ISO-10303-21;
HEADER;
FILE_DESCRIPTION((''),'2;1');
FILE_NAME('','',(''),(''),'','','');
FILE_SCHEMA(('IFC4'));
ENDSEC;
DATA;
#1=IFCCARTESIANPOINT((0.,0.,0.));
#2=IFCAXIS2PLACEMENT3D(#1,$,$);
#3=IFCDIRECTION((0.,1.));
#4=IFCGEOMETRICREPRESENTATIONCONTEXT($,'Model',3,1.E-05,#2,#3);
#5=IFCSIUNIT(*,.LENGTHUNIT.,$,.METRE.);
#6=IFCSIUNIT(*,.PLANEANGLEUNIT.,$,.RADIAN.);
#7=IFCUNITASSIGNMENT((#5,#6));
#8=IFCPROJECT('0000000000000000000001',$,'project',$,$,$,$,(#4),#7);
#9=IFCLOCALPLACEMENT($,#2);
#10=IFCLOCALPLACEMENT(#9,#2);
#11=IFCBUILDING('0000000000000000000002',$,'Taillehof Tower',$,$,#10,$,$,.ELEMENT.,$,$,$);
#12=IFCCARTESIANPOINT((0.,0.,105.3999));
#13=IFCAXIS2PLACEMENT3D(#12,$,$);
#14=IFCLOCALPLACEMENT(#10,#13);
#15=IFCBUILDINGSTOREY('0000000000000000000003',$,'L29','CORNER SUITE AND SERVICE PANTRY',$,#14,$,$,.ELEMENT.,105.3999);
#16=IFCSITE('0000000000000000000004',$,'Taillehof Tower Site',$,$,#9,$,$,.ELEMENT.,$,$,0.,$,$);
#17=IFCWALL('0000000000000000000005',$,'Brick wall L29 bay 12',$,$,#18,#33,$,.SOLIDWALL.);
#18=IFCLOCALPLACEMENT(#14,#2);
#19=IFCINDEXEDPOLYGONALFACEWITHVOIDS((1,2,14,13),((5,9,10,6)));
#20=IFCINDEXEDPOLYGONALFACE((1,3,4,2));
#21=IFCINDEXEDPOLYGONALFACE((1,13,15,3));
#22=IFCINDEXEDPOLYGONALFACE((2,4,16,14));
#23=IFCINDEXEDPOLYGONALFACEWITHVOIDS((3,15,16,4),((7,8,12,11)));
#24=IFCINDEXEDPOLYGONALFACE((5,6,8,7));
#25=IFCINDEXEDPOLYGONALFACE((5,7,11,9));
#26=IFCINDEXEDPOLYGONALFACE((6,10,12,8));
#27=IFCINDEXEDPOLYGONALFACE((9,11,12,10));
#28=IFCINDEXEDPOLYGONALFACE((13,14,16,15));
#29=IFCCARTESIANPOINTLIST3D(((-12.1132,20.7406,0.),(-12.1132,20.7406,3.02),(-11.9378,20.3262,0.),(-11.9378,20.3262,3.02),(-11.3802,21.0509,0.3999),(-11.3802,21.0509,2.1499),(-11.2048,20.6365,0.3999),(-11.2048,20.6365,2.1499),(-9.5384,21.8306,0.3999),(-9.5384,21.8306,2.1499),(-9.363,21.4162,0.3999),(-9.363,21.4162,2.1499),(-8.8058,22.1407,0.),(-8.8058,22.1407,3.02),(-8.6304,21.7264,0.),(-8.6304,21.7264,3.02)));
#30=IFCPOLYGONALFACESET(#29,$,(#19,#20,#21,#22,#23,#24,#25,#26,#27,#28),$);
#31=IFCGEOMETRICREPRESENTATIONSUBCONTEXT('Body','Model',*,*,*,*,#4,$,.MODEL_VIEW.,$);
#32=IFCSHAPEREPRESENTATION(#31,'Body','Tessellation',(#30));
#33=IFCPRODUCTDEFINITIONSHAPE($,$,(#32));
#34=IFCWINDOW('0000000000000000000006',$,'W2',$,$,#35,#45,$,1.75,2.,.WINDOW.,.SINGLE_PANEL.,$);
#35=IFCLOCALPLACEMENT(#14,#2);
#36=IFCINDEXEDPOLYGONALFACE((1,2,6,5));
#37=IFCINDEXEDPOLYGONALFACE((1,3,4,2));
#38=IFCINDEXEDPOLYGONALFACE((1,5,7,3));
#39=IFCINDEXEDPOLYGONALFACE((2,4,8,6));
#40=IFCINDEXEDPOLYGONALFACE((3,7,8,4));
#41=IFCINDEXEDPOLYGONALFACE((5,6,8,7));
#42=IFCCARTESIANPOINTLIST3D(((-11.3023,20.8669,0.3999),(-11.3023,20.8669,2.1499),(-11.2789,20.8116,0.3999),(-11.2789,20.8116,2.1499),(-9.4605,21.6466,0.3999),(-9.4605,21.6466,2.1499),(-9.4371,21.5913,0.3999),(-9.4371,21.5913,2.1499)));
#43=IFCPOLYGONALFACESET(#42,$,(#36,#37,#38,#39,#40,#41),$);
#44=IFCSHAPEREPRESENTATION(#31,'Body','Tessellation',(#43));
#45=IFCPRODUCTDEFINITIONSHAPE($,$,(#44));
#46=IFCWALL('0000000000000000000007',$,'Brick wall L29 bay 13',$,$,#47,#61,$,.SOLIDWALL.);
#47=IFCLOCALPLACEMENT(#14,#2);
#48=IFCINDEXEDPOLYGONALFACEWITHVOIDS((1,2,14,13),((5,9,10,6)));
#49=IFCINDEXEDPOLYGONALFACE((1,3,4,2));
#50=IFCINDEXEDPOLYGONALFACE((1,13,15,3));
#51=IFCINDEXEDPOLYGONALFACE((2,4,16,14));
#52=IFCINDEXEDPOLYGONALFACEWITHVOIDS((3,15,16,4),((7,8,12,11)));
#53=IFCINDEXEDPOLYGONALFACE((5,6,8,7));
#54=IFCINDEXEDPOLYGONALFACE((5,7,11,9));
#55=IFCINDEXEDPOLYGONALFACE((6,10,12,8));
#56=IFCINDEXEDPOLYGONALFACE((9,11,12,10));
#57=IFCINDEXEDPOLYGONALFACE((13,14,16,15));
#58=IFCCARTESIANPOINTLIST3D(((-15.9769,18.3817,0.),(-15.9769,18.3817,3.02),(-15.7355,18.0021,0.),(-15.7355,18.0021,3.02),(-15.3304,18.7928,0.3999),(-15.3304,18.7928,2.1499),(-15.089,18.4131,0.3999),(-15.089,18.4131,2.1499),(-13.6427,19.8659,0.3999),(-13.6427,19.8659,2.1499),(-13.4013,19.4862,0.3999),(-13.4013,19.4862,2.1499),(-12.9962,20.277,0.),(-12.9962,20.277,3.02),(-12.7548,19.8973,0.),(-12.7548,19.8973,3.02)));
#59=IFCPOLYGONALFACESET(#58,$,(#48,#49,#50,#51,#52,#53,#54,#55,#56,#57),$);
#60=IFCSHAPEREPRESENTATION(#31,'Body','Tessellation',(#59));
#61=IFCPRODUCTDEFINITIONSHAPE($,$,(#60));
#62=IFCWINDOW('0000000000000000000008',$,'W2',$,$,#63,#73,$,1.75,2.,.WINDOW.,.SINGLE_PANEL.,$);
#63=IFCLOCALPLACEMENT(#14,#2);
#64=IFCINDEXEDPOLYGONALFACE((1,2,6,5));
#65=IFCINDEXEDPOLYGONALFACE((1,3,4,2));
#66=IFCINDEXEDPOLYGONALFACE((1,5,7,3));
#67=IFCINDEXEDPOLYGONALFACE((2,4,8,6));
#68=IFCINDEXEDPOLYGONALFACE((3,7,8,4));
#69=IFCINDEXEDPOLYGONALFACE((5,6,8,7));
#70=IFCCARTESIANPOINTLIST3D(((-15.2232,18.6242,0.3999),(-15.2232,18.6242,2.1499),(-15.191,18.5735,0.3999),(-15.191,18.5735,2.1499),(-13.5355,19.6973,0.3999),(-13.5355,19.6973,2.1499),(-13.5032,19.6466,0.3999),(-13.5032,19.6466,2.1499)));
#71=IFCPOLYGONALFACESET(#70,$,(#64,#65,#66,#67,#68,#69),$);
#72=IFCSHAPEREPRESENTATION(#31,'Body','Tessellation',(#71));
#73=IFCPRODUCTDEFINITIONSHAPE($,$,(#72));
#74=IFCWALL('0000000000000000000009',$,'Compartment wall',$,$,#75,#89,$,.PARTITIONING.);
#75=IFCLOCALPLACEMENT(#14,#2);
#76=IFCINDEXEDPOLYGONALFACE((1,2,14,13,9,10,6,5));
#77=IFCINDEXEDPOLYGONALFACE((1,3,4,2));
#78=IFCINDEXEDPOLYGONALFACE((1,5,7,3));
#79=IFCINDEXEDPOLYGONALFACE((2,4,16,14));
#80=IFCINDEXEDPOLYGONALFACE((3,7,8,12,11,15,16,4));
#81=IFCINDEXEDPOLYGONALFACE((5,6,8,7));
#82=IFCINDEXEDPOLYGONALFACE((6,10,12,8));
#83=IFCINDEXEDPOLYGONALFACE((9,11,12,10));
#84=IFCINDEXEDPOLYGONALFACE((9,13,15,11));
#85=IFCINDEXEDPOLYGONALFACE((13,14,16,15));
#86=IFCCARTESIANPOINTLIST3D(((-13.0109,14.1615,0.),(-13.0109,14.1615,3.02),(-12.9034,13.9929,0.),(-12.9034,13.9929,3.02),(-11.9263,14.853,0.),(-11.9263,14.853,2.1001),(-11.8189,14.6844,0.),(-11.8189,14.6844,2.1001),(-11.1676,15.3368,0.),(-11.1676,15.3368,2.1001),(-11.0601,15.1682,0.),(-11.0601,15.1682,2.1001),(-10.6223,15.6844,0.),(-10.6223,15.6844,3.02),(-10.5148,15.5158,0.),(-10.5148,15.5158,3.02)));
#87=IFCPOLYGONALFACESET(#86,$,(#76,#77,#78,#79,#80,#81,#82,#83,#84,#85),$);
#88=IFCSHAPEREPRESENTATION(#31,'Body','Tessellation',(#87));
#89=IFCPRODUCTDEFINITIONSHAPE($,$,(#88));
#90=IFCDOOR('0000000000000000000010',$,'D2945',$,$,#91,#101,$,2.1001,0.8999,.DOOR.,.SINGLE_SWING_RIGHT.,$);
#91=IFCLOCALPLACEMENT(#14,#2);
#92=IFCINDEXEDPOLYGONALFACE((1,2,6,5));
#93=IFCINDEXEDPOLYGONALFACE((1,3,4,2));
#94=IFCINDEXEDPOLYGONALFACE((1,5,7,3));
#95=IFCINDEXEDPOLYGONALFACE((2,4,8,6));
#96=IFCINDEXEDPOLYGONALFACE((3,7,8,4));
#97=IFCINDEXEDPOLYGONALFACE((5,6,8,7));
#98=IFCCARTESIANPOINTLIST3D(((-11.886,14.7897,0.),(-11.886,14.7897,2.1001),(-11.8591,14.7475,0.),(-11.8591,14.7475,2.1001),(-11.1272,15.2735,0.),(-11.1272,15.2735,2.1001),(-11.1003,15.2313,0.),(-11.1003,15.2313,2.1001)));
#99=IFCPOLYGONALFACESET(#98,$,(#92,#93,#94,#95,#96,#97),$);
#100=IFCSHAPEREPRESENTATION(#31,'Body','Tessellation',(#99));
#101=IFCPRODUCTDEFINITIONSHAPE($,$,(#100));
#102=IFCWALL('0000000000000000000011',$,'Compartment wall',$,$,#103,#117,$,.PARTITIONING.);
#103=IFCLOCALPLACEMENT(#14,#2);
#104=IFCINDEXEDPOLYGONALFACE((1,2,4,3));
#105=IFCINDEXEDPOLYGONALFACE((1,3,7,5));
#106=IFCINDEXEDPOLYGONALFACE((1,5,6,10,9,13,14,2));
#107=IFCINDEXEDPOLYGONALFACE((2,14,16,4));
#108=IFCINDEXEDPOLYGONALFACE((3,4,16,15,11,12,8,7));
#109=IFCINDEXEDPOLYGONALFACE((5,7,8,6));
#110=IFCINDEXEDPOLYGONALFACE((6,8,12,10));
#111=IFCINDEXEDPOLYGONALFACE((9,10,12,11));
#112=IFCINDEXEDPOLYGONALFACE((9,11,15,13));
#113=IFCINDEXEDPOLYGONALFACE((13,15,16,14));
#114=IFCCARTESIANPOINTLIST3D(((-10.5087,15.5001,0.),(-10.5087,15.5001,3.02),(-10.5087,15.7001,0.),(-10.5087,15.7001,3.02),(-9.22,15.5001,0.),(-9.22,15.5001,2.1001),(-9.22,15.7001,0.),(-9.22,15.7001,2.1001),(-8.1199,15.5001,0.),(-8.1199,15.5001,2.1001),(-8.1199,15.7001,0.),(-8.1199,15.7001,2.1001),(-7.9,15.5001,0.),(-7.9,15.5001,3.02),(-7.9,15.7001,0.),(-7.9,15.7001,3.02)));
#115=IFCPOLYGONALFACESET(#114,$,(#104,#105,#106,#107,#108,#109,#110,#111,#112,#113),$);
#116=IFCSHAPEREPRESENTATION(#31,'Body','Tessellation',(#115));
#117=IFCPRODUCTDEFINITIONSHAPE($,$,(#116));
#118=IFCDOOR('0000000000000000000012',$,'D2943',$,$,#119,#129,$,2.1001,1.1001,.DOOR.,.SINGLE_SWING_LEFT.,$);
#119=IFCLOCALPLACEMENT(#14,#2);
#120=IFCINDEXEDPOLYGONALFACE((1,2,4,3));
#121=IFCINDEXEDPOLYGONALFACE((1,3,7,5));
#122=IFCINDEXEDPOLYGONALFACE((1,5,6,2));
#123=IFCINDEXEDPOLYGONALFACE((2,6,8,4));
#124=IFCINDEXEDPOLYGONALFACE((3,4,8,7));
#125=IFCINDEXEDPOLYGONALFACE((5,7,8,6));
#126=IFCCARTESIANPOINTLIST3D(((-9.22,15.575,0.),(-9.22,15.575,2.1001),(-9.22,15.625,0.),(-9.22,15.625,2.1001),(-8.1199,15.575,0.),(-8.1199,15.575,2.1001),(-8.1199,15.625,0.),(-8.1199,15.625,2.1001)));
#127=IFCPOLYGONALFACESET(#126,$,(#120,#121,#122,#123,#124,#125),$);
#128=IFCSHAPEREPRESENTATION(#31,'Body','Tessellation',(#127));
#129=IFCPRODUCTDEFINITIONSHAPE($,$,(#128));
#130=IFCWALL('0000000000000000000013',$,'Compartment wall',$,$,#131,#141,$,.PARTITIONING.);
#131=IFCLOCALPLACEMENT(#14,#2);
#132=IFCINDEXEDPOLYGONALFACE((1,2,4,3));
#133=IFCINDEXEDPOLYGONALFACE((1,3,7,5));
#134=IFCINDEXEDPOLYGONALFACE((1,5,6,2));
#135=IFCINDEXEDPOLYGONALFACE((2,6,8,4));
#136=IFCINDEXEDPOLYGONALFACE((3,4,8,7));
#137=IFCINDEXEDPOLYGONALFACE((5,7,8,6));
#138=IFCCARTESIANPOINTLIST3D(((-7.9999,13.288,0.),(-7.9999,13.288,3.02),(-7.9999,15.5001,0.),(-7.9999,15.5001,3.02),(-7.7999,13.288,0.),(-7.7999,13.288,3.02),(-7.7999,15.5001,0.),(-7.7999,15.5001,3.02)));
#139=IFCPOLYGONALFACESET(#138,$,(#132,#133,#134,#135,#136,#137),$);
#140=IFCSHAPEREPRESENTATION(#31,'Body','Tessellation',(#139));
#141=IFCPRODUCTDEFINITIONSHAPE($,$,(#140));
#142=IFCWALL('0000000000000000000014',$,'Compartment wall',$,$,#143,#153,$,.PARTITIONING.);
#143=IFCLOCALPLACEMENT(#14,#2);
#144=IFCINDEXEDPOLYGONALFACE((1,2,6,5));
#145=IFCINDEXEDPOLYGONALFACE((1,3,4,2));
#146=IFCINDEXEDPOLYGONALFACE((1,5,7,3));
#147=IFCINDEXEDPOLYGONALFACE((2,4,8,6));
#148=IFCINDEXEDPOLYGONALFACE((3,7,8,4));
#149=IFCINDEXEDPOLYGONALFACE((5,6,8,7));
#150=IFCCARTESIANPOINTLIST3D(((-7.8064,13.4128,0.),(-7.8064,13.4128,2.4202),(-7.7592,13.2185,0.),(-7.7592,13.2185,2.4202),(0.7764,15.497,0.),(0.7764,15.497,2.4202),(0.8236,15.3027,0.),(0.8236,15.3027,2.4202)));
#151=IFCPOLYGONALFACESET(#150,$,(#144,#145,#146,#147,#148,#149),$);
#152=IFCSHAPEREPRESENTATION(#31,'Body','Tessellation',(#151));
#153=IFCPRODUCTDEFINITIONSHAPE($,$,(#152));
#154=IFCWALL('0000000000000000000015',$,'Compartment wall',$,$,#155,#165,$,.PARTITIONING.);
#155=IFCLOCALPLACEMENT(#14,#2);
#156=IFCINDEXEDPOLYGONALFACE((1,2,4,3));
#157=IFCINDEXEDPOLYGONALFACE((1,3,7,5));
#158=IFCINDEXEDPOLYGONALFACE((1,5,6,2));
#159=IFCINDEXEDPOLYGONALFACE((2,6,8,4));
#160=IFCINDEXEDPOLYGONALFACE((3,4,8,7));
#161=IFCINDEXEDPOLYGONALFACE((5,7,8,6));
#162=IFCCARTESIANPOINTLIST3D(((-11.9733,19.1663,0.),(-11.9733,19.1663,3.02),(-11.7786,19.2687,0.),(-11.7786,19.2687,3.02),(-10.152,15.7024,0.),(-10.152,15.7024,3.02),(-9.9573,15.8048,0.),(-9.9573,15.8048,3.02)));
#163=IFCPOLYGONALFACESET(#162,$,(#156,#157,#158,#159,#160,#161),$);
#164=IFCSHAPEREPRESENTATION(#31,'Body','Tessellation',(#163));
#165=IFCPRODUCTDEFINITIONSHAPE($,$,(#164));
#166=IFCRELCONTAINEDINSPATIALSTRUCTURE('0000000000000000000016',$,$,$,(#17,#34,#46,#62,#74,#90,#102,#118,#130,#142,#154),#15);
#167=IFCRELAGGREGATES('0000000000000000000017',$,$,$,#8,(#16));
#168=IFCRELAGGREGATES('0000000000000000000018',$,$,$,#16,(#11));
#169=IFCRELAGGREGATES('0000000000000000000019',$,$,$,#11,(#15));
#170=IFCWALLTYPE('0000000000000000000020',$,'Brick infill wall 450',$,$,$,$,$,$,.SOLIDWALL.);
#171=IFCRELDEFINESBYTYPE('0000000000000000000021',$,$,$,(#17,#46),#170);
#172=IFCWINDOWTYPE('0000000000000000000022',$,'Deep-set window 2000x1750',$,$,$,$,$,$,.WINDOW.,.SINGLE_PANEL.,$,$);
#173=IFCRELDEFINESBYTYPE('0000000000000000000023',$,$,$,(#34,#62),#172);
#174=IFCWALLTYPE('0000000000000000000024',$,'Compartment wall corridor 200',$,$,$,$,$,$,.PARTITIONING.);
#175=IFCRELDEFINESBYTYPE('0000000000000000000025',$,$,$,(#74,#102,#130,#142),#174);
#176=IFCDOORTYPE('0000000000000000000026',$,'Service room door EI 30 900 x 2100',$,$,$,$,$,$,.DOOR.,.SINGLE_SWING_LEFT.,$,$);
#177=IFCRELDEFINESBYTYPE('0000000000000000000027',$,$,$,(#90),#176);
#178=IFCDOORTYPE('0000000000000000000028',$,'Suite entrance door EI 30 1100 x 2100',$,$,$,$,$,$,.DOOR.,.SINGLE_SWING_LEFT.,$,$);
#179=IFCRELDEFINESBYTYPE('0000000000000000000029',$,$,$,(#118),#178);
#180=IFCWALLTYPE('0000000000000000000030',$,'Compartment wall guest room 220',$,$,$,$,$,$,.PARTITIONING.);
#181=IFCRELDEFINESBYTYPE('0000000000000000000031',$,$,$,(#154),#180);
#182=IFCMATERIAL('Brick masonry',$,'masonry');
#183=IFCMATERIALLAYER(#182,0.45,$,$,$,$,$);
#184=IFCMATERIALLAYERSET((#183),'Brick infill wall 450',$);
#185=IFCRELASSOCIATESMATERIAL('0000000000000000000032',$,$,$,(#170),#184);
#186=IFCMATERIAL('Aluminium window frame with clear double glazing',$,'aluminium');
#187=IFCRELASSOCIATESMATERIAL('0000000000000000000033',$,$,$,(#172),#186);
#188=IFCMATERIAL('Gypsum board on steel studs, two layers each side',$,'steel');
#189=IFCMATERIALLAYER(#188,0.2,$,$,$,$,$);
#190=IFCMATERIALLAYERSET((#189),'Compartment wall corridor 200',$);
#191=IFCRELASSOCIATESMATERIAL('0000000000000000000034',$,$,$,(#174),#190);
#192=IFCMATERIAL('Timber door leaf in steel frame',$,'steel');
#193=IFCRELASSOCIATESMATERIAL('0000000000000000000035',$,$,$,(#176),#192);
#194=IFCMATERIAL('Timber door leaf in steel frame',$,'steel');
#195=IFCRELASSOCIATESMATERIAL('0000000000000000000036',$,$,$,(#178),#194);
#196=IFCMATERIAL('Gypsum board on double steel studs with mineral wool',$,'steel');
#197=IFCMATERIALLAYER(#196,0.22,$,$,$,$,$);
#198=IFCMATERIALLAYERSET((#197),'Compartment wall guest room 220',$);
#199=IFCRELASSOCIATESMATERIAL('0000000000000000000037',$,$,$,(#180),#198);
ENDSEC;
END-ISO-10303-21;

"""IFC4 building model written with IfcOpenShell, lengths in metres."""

from ifc_helpers import new_model, si_unit, direction, frame, frame_2d, origin, place, context, subcontext, project, spatial, rectangle, extrude, material, layer, layer_set, type_object, element, fill, save


model = new_model("IFC4")

# Units and contexts
model_context = context("Model", 3, precision=1e-05, world=origin(), true_north=direction((0.0, 1.0)))
body_context = subcontext(model_context, "Body", "Model", "MODEL_VIEW")
ifc_project = project(units=[si_unit("LENGTHUNIT", "METRE"), si_unit("PLANEANGLEUNIT", "RADIAN")], contexts=[model_context])

# Site, building, storey
site_placement = place(None, origin())
site = spatial("IfcSite", under=ifc_project, at=site_placement, Name="Taillehof Tower Site", CompositionType="ELEMENT", RefElevation=0.0)
building_placement = place(site_placement, origin())
building = spatial("IfcBuilding", under=site, at=building_placement, Name="Taillehof Tower", CompositionType="ELEMENT")
storey_placement = place(building_placement, frame((0.0, 0.0, 105.3999)))
storey = spatial("IfcBuildingStorey", under=building, at=storey_placement, Name="L29", Description="CORNER SUITE AND SERVICE PANTRY", CompositionType="ELEMENT", Elevation=105.3999)

# Walls, openings, windows
ifc_material_1 = material(Name="Brick masonry", Category="masonry")
ifc_layer_1 = layer(ifc_material_1, 0.45)
ifc_layer_set_1 = layer_set([ifc_layer_1], Name="Brick infill wall 450")
wall_type_1 = type_object("IfcWallType", Name="Brick infill wall 450", PredefinedType="SOLIDWALL", material=ifc_layer_set_1)
ifc_material_2 = material(Name="Aluminium window frame with clear double glazing", Category="aluminium")
window_type = type_object("IfcWindowType", Name="Deep-set window 2000x1750", PartitioningType="SINGLE_PANEL", PredefinedType="WINDOW", material=ifc_material_2)
wall_1_placement = place(storey_placement, frame((-8.718, 21.9336, 0.0), z_axis=(0.0, 0.0, 1.0), x_axis=(-0.92088, -0.389846, 0.0)))
wall_1 = element("IfcWall", 1, at=wall_1_placement, inside=storey, type_object=wall_type_1, Name="Brick wall L29 bay 12", PredefinedType="SOLIDWALL", context=body_context, shape_type="SweptSolid", body=[
    extrude(rectangle(XDim=3.5916, YDim=0.45, at=frame_2d((1.7959, 0.0))), origin(), (0.0, 0.0, 1.0), 3.02),
])
opening_1_placement = place(wall_1_placement, frame((0.7957, 0.0, 0.3999)))
opening_1 = element("IfcOpeningElement", 2, at=opening_1_placement, cuts=wall_1, PredefinedType="OPENING", context=body_context, shape_type="SweptSolid", body=[
    extrude(rectangle(XDim=2.0, YDim=1.75, at=frame_2d((1.0, 0.875))), frame((0.0, 0.2349, 0.0), z_axis=(0.0, -1.0, 0.0), x_axis=(1.0, 0.0, 0.0)), (0.0, 0.0, 1.0), 0.47),
])
window_1_placement = place(opening_1_placement, origin())
window_1 = element("IfcWindow", 3, at=window_1_placement, inside=storey, type_object=window_type, Name="W2", OverallHeight=1.75, OverallWidth=2.0, PartitioningType="SINGLE_PANEL", PredefinedType="WINDOW", context=body_context, shape_type="SweptSolid", body=[
    extrude(rectangle(XDim=2.0, YDim=1.75, at=frame_2d((1.0, 0.875))), frame((0.0, 0.0349, 0.0), z_axis=(0.0, -1.0, 0.0), x_axis=(1.0, 0.0, 0.0)), (0.0, 0.0, 1.0), 0.0601),
])
fill(opening_1, window_1)
wall_2_placement = place(storey_placement, frame((-12.8755, 20.0872, 0.0), z_axis=(0.0, 0.0, 1.0), x_axis=(-0.843861, -0.536562, 0.0)))
wall_2 = element("IfcWall", 4, at=wall_2_placement, inside=storey, type_object=wall_type_1, Name="Brick wall L29 bay 13", PredefinedType="SOLIDWALL", context=body_context, shape_type="SweptSolid", body=[
    extrude(rectangle(XDim=3.5322, YDim=0.45, at=frame_2d((1.7661, 0.0))), origin(), (0.0, 0.0, 1.0), 3.02),
])
opening_2_placement = place(wall_2_placement, frame((0.7661, 0.0, 0.3999)))
opening_2 = element("IfcOpeningElement", 5, at=opening_2_placement, cuts=wall_2, PredefinedType="OPENING", context=body_context, shape_type="SweptSolid", body=[
    extrude(rectangle(XDim=2.0, YDim=1.75, at=frame_2d((1.0, 0.875))), frame((0.0, 0.2349, 0.0), z_axis=(0.0, -1.0, 0.0), x_axis=(1.0, 0.0, 0.0)), (0.0, 0.0, 1.0), 0.47),
])
window_2_placement = place(opening_2_placement, origin())
window_2 = element("IfcWindow", 6, at=window_2_placement, inside=storey, type_object=window_type, Name="W2", OverallHeight=1.75, OverallWidth=2.0, PartitioningType="SINGLE_PANEL", PredefinedType="WINDOW", context=body_context, shape_type="SweptSolid", body=[
    extrude(rectangle(XDim=2.0, YDim=1.75, at=frame_2d((1.0, 0.875))), frame((0.0, 0.0349, 0.0), z_axis=(0.0, -1.0, 0.0), x_axis=(1.0, 0.0, 0.0)), (0.0, 0.0, 1.0), 0.0601),
])
fill(opening_2, window_2)

# Walls, openings, doors
ifc_material_3 = material(Name="Gypsum board on steel studs, two layers each side", Category="steel")
ifc_layer_2 = layer(ifc_material_3, 0.2)
ifc_layer_set_2 = layer_set([ifc_layer_2], Name="Compartment wall corridor 200")
wall_type_2 = type_object("IfcWallType", Name="Compartment wall corridor 200", PredefinedType="PARTITIONING", material=ifc_layer_set_2)
wall_3_placement = place(storey_placement, frame((-12.9573, 14.0771, 0.0), z_axis=(0.0, 0.0, 1.0), x_axis=(0.8432, 0.5376, 0.0)))
wall_3 = element("IfcWall", 7, at=wall_3_placement, inside=storey, type_object=wall_type_2, Name="Compartment wall", PredefinedType="PARTITIONING", context=body_context, shape_type="SweptSolid", body=[
    extrude(rectangle(XDim=2.8328, YDim=0.2, at=frame_2d((1.4165, 0.0))), origin(), (0.0, 0.0, 1.0), 3.02),
])
opening_3_placement = place(wall_3_placement, frame((1.2864, 0.0, 0.0)))
opening_3 = element("IfcOpeningElement", 8, at=opening_3_placement, cuts=wall_3, PredefinedType="OPENING", context=body_context, shape_type="SweptSolid", body=[
    extrude(rectangle(XDim=0.8999, YDim=2.1001, at=frame_2d((0.45, 1.05))), frame((0.0, 0.1099, 0.0), z_axis=(0.0, -1.0, 0.0), x_axis=(1.0, 0.0, 0.0)), (0.0, 0.0, 1.0), 0.22),
])
ifc_material_4 = material(Name="Timber door leaf in steel frame", Category="steel")
door_type_1 = type_object("IfcDoorType", Name="Service room door EI 30 900 x 2100", OperationType="SINGLE_SWING_LEFT", PredefinedType="DOOR", material=ifc_material_4)
door_1_placement = place(opening_3_placement, origin())
door_1 = element("IfcDoor", 9, at=door_1_placement, inside=storey, type_object=door_type_1, Name="D2945", OperationType="SINGLE_SWING_RIGHT", OverallHeight=2.1001, OverallWidth=0.8999, PredefinedType="DOOR", context=body_context, shape_type="SweptSolid", body=[
    extrude(rectangle(XDim=0.8999, YDim=2.1001, at=frame_2d((0.45, 1.05))), frame((0.0, 0.0249, 0.0), z_axis=(0.0, -1.0, 0.0), x_axis=(1.0, 0.0, 0.0)), (0.0, 0.0, 1.0), 0.05),
])
fill(opening_3, door_1)
wall_4_placement = place(storey_placement, frame((-10.5085, 15.6001, 0.0), z_axis=(0.0, 0.0, 1.0), x_axis=(1.0, 0.0, 0.0)))
wall_4 = element("IfcWall", 10, at=wall_4_placement, inside=storey, type_object=wall_type_2, Name="Compartment wall", PredefinedType="PARTITIONING", context=body_context, shape_type="SweptSolid", body=[
    extrude(rectangle(XDim=2.6086, YDim=0.2, at=frame_2d((1.3042, 0.0))), origin(), (0.0, 0.0, 1.0), 3.02),
])
opening_4_placement = place(wall_4_placement, frame((1.2886, 0.0, 0.0)))
opening_4 = element("IfcOpeningElement", 11, at=opening_4_placement, cuts=wall_4, PredefinedType="OPENING", context=body_context, shape_type="SweptSolid", body=[
    extrude(rectangle(XDim=1.1001, YDim=2.1001, at=frame_2d((0.55, 1.05))), frame((0.0, 0.1099, 0.0), z_axis=(0.0, -1.0, 0.0), x_axis=(1.0, 0.0, 0.0)), (0.0, 0.0, 1.0), 0.22),
])
ifc_material_5 = material(Name="Timber door leaf in steel frame", Category="steel")
door_type_2 = type_object("IfcDoorType", Name="Suite entrance door EI 30 1100 x 2100", OperationType="SINGLE_SWING_LEFT", PredefinedType="DOOR", material=ifc_material_5)
door_2_placement = place(opening_4_placement, origin())
door_2 = element("IfcDoor", 12, at=door_2_placement, inside=storey, type_object=door_type_2, Name="D2943", OperationType="SINGLE_SWING_LEFT", OverallHeight=2.1001, OverallWidth=1.1001, PredefinedType="DOOR", context=body_context, shape_type="SweptSolid", body=[
    extrude(rectangle(XDim=1.1001, YDim=2.1001, at=frame_2d((0.55, 1.05))), frame((0.0, 0.0249, 0.0), z_axis=(0.0, -1.0, 0.0), x_axis=(1.0, 0.0, 0.0)), (0.0, 0.0, 1.0), 0.05),
])
fill(opening_4, door_2)

# Walls
wall_5_placement = place(storey_placement, frame((-7.8999, 15.5, 0.0), z_axis=(0.0, 0.0, 1.0), x_axis=(0.0, -1.0, 0.0)))
element("IfcWall", 13, at=wall_5_placement, inside=storey, type_object=wall_type_2, Name="Compartment wall", PredefinedType="PARTITIONING", context=body_context, shape_type="SweptSolid", body=[
    extrude(rectangle(XDim=2.2122, YDim=0.2, at=frame_2d((1.106, 0.0))), origin(), (0.0, 0.0, 1.0), 3.02),
])
wall_6_placement = place(storey_placement, frame((-7.7827, 13.3157, 0.0), z_axis=(0.0, 0.0, 1.0), x_axis=(0.971758, 0.235981, 0.0)))
element("IfcWall", 14, at=wall_6_placement, inside=storey, type_object=wall_type_2, Name="Compartment wall", PredefinedType="PARTITIONING", context=body_context, shape_type="SweptSolid", body=[
    extrude(rectangle(XDim=8.8323, YDim=0.2, at=frame_2d((4.416, 0.0))), origin(), (0.0, 0.0, 1.0), 2.4202),
])
ifc_material_6 = material(Name="Gypsum board on double steel studs with mineral wool", Category="steel")
ifc_layer_3 = layer(ifc_material_6, 0.22)
ifc_layer_set_3 = layer_set([ifc_layer_3], Name="Compartment wall guest room 220")
wall_type_3 = type_object("IfcWallType", Name="Compartment wall guest room 220", PredefinedType="PARTITIONING", material=ifc_layer_set_3)
wall_7_placement = place(storey_placement, frame((-11.876, 19.2175, 0.0), z_axis=(0.0, 0.0, 1.0), x_axis=(0.465386, -0.885108, 0.0)))
element("IfcWall", 15, at=wall_7_placement, inside=storey, type_object=wall_type_3, Name="Compartment wall", PredefinedType="PARTITIONING", context=body_context, shape_type="SweptSolid", body=[
    extrude(rectangle(XDim=3.9136, YDim=0.22, at=frame_2d((1.9568, 0.0))), origin(), (0.0, 0.0, 1.0), 3.02),
])

save(model, "model.ifc")
